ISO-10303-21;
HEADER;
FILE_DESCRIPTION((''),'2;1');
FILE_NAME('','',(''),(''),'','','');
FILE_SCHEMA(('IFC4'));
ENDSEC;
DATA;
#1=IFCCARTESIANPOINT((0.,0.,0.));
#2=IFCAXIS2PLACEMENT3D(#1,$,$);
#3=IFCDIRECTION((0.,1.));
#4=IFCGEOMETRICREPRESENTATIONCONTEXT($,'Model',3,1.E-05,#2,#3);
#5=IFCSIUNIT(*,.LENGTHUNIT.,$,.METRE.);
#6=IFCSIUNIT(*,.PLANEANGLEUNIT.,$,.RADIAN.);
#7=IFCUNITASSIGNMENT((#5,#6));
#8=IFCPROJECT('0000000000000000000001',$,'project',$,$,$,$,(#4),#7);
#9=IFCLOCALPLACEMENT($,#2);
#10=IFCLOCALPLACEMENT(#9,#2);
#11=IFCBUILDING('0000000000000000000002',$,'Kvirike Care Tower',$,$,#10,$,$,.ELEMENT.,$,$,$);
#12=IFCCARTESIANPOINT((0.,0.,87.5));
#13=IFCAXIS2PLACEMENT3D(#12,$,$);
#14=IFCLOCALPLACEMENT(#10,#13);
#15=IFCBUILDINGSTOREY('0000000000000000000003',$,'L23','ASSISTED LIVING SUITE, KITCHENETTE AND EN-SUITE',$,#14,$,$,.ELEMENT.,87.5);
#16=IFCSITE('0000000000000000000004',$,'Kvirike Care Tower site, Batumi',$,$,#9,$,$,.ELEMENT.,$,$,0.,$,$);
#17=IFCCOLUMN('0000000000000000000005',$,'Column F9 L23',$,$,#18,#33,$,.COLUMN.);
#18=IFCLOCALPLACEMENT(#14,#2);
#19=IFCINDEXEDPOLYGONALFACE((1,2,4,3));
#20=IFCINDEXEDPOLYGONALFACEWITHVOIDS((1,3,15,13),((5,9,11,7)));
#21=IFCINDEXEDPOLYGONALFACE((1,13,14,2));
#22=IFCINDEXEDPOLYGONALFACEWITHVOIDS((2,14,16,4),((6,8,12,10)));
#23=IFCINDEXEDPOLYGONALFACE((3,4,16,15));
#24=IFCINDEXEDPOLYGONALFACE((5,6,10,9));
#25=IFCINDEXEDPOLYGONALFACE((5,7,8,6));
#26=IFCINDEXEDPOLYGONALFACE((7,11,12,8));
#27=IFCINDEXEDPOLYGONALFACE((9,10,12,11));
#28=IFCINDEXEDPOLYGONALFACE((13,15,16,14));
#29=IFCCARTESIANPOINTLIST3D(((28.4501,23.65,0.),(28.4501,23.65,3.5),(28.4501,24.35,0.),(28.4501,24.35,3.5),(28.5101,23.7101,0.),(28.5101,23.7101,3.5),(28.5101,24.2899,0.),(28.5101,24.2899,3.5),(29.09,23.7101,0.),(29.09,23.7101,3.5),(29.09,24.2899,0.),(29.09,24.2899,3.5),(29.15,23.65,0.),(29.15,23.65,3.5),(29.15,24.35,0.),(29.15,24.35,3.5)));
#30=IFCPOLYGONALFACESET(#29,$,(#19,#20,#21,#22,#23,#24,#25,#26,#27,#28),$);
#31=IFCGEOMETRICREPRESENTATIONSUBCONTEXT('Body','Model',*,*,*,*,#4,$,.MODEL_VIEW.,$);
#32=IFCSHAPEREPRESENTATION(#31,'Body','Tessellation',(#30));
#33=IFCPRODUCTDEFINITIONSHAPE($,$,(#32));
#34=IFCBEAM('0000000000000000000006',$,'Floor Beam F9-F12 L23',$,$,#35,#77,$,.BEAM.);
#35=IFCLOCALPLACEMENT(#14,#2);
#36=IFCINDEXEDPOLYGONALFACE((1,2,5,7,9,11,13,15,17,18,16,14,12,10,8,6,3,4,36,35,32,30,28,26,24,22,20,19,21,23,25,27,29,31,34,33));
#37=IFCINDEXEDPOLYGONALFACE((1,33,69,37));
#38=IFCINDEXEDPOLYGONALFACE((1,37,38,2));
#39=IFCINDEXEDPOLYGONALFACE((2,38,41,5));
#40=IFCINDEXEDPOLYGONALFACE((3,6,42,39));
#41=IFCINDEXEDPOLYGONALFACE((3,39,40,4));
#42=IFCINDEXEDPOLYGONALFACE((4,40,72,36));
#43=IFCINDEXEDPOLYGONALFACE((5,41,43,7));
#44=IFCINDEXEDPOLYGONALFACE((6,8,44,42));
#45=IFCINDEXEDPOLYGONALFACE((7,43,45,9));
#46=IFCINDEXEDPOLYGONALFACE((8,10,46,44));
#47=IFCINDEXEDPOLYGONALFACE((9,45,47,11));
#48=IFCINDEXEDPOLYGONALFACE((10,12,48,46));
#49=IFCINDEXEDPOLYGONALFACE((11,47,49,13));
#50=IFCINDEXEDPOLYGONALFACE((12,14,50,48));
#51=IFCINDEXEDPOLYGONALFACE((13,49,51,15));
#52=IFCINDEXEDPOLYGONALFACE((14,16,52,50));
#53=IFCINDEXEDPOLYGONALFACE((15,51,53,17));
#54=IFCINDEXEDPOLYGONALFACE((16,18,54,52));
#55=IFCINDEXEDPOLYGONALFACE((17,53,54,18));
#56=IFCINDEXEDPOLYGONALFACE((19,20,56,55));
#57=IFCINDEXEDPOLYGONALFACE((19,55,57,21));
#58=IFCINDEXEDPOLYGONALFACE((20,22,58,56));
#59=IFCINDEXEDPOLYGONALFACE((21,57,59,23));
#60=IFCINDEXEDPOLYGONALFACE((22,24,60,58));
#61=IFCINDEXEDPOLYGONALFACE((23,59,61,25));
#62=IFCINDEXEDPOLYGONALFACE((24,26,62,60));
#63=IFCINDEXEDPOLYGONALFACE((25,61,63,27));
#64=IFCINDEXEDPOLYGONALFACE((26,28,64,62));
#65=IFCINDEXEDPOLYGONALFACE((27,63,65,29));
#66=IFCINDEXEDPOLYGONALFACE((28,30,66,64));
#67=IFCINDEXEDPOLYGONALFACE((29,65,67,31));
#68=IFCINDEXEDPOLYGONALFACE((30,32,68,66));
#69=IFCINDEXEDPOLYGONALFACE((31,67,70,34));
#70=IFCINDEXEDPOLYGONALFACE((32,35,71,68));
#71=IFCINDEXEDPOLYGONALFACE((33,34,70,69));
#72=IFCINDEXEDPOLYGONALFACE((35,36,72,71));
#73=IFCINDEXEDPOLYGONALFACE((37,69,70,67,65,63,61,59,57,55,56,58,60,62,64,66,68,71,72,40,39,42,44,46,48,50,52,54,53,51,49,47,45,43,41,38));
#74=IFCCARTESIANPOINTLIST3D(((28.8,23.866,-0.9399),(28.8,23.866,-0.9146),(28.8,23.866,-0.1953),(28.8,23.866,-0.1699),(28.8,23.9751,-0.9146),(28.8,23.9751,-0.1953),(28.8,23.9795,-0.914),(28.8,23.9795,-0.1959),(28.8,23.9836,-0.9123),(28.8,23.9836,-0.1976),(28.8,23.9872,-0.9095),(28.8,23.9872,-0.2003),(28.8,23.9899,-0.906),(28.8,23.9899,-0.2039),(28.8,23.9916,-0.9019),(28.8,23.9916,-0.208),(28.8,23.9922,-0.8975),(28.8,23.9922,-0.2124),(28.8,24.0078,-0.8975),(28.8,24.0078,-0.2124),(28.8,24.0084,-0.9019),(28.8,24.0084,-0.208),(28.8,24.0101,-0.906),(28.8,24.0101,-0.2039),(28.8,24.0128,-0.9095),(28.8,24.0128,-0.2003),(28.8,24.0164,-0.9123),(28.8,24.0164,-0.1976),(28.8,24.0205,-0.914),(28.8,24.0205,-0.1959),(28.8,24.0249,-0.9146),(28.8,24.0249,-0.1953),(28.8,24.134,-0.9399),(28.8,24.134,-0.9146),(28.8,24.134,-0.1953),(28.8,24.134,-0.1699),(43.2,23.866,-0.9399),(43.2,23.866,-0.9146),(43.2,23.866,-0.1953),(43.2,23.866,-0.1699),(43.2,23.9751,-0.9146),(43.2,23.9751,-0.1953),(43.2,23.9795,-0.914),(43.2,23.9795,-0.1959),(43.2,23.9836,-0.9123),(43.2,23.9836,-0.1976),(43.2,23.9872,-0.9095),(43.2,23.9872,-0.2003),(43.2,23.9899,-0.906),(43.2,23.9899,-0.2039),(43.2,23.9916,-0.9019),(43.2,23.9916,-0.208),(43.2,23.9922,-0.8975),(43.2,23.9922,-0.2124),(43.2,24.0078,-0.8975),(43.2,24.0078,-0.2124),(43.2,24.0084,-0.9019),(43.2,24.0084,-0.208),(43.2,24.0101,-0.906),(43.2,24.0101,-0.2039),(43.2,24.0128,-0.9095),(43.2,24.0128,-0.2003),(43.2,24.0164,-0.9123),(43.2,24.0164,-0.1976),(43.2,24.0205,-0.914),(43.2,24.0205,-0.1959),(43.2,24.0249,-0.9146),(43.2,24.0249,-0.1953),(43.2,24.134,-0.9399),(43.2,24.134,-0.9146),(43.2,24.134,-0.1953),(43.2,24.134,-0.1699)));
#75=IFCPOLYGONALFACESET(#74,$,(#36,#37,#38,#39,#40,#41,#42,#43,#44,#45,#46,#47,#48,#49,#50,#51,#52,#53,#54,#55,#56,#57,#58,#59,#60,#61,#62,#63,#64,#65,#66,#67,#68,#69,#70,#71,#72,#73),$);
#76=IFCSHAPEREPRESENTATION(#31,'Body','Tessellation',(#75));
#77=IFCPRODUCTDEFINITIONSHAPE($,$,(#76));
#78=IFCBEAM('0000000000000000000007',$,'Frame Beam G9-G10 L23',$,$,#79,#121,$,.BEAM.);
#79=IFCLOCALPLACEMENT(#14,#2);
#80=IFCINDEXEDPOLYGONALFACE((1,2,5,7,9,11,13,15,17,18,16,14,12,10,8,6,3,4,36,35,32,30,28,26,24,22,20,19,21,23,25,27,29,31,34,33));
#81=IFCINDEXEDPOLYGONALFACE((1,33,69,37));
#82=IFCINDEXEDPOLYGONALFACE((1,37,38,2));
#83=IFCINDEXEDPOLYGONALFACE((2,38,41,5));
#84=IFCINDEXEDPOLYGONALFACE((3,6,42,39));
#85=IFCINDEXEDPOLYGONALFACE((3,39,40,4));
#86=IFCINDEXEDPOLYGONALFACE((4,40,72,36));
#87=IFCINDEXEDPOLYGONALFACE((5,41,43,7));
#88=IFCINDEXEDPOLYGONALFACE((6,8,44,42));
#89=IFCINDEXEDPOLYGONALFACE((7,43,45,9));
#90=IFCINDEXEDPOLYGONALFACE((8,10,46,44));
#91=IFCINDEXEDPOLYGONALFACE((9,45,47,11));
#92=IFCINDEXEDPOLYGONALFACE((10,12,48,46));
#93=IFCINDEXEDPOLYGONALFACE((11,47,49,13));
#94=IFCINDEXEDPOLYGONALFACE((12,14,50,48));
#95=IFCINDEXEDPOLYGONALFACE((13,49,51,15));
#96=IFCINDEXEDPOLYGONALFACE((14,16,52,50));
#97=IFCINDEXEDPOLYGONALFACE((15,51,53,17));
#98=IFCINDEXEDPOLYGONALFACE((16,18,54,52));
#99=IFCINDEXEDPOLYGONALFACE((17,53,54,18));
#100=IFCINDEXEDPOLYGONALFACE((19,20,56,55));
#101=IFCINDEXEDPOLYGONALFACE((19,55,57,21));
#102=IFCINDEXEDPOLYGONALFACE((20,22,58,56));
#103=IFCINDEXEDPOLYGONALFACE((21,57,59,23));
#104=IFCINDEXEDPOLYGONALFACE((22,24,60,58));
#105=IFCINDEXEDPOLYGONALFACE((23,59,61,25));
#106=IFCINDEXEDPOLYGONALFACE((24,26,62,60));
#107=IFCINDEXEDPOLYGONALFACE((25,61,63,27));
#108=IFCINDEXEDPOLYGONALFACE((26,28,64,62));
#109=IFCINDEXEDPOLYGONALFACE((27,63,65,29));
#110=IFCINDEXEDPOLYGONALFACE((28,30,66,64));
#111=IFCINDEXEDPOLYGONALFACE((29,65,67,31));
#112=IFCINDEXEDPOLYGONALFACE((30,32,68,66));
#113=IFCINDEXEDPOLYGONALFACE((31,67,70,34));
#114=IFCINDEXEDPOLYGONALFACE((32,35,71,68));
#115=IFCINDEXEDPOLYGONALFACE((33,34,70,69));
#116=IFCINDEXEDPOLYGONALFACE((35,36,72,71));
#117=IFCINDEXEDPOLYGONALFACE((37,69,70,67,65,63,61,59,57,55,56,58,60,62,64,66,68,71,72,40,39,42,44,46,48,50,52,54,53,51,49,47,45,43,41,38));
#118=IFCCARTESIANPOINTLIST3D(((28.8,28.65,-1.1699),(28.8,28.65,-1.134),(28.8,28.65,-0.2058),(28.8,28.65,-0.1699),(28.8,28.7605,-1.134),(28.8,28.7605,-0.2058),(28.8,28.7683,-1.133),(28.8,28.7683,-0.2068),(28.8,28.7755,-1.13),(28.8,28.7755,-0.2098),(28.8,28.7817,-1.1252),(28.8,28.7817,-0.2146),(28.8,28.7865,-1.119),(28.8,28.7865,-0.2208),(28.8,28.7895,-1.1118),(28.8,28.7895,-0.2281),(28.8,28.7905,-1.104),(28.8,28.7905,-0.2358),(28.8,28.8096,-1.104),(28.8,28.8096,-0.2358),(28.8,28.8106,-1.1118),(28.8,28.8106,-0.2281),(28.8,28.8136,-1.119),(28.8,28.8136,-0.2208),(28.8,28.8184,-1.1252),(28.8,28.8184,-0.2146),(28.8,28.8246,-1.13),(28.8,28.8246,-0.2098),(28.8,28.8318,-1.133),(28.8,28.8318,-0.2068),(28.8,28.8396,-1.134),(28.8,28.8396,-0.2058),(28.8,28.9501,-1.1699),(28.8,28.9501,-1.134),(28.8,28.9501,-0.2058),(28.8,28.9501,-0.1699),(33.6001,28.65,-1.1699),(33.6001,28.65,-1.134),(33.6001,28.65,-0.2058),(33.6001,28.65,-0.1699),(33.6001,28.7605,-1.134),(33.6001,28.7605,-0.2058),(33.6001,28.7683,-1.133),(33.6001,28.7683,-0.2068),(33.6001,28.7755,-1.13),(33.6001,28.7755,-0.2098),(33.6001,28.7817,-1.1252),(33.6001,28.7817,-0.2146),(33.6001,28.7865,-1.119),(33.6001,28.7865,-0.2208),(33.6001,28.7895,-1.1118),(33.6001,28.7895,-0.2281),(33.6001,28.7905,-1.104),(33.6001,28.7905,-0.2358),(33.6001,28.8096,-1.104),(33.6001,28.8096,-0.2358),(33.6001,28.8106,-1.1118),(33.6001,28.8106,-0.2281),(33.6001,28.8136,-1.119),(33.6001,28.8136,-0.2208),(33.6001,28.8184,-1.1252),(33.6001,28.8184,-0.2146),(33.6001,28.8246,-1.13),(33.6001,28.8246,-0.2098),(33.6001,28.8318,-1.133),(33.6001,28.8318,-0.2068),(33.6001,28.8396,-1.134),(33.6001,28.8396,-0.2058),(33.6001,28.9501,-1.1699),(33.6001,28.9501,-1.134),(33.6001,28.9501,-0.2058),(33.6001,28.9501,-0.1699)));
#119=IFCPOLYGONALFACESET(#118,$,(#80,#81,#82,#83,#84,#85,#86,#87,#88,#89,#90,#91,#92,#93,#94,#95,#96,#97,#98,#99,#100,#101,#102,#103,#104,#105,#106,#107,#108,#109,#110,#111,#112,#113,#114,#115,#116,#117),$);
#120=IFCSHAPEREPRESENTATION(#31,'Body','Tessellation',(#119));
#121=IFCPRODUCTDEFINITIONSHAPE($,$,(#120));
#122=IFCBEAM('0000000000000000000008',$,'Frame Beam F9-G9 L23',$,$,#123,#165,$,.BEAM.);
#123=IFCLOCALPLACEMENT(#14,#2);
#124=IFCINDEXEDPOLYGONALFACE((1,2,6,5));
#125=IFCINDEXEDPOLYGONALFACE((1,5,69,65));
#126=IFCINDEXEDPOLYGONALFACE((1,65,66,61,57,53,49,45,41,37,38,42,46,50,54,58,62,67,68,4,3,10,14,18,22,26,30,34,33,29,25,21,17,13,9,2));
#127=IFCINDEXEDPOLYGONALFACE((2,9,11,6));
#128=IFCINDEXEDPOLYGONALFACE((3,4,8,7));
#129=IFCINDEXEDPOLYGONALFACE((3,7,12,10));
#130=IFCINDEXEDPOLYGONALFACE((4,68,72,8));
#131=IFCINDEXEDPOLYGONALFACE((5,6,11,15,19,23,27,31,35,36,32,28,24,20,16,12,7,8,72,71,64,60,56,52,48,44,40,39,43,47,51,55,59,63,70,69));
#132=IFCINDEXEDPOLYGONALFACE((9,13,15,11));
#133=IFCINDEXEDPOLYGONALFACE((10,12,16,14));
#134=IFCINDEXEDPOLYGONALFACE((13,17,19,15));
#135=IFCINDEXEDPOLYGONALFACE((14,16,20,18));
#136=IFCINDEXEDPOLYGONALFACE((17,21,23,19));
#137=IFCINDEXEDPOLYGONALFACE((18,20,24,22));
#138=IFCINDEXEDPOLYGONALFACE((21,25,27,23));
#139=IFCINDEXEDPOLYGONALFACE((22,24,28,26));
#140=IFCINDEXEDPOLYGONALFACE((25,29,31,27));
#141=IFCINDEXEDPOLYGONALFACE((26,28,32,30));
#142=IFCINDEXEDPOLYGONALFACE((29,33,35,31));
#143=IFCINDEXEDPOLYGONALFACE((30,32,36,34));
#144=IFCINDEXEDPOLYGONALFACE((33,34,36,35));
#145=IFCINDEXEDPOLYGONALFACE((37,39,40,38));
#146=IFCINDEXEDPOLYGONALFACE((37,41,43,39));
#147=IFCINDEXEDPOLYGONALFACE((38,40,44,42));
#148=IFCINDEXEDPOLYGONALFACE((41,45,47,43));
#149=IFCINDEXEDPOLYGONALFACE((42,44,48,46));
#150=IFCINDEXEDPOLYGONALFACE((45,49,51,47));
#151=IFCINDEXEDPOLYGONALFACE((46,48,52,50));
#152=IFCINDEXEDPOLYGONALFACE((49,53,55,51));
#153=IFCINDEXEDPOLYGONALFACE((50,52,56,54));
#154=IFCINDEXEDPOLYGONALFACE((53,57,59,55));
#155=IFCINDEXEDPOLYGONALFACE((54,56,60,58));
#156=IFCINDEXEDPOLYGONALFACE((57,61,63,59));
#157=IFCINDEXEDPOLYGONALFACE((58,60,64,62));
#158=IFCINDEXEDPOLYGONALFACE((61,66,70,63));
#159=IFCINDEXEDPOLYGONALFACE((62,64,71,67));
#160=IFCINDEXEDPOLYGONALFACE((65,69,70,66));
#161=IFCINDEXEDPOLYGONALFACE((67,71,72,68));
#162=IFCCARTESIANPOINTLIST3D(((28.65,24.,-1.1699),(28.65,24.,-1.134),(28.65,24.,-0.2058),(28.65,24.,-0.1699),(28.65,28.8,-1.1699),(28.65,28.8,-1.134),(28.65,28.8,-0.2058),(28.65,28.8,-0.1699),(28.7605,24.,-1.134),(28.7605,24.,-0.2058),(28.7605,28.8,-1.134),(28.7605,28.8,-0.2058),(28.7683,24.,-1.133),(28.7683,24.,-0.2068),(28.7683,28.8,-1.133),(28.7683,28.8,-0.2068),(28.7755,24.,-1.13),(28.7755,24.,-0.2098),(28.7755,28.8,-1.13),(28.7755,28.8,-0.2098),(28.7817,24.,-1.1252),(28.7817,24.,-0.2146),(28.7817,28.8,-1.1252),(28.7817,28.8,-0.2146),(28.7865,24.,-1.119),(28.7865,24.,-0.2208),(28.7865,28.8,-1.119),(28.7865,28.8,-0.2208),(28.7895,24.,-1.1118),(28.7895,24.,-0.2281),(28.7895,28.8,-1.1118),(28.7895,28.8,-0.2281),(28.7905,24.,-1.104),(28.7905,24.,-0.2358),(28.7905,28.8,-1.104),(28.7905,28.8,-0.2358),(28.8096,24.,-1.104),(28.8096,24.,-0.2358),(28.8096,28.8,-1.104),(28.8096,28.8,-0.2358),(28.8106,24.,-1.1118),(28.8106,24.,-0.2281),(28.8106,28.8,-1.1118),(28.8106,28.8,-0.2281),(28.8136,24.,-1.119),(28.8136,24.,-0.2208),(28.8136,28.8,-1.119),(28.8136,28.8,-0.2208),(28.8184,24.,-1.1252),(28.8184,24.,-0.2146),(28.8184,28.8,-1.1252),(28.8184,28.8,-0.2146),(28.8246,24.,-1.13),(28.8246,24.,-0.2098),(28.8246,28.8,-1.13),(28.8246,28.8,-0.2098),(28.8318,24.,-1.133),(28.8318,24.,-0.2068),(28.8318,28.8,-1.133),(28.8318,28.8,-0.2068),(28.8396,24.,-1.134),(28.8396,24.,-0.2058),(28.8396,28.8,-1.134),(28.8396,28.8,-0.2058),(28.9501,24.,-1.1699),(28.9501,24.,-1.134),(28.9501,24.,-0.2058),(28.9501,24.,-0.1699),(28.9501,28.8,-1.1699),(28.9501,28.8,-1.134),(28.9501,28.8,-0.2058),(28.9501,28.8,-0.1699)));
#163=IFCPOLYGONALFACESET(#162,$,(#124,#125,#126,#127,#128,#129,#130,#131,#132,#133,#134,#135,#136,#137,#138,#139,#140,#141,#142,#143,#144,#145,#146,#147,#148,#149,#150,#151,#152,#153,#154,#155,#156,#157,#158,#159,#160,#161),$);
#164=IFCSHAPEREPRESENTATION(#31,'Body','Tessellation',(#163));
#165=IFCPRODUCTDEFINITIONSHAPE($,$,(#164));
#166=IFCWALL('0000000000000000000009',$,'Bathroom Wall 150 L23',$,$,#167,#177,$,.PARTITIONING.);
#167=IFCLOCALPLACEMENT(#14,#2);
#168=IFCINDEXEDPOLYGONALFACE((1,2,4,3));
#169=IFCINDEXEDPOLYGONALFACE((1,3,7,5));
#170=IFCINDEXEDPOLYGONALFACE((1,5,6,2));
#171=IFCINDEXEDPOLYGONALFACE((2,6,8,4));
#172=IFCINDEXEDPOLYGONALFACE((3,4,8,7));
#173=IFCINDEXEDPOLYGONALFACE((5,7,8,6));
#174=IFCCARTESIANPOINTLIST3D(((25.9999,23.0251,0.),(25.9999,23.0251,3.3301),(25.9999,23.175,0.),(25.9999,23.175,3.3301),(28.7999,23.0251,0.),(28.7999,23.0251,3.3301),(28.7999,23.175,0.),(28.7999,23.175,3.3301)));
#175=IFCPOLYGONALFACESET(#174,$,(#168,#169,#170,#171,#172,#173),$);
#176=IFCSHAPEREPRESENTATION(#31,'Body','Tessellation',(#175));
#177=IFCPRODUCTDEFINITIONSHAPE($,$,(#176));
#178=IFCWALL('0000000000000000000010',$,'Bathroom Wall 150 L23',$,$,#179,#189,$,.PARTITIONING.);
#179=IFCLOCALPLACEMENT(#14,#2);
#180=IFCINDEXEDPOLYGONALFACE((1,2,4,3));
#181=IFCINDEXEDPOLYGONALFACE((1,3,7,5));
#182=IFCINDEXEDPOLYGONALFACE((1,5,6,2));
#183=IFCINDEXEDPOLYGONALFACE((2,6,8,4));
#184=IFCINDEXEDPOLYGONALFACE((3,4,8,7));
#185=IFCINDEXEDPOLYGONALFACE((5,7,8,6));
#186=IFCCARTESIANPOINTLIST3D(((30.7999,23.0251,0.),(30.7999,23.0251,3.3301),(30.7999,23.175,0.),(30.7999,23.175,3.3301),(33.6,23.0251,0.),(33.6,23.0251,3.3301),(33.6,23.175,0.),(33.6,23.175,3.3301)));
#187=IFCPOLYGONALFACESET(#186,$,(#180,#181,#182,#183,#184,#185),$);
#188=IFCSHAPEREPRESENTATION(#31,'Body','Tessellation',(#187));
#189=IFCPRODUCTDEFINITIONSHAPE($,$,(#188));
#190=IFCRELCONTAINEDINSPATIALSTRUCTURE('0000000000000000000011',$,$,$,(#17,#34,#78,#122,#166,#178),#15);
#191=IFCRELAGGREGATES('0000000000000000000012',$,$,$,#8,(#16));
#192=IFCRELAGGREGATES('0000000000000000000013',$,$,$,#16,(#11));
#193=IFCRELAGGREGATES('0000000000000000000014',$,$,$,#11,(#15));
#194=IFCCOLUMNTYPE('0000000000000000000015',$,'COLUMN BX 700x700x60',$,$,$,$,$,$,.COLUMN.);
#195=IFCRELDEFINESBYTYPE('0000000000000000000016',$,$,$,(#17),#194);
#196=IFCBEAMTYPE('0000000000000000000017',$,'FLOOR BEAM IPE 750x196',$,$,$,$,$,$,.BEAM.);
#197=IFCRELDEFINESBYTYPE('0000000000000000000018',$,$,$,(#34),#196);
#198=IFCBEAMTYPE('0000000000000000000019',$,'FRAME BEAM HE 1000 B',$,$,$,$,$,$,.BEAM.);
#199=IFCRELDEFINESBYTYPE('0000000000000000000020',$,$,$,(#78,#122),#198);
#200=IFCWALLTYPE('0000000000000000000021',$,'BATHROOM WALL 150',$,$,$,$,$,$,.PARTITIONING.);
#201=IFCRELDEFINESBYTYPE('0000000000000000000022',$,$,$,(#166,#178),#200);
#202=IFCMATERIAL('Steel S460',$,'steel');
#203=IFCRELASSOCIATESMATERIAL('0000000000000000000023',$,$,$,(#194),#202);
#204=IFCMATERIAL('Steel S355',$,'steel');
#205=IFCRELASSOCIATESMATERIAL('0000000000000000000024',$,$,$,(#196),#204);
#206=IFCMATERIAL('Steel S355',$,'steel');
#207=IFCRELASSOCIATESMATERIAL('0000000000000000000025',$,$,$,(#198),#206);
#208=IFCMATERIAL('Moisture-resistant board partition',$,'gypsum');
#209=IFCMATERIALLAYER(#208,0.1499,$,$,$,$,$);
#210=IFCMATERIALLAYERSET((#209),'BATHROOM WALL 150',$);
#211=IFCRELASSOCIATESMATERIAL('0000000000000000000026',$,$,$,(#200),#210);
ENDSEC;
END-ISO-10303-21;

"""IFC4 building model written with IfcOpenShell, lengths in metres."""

from ifc_helpers import new_model, si_unit, direction, frame, frame_2d, origin, origin_2d, place, context, subcontext, project, spatial, rectangle, hollow_rectangle, i_section, extrude, material, layer, layer_set, material_profile, profile_set, type_object, element, save


model = new_model("IFC4")

# Units and contexts
model_context = context("Model", 3, precision=1e-05, world=origin(), true_north=direction((0.0, 1.0)))
body_context = subcontext(model_context, "Body", "Model", "MODEL_VIEW")
ifc_project = project(units=[si_unit("LENGTHUNIT", "METRE"), si_unit("PLANEANGLEUNIT", "RADIAN")], contexts=[model_context])

# Site, building, storey
site_placement = place(None, origin())
site = spatial("IfcSite", under=ifc_project, at=site_placement, Name="Kvirike Care Tower site, Batumi", CompositionType="ELEMENT", RefElevation=0.0)
building_placement = place(site_placement, origin())
building = spatial("IfcBuilding", under=site, at=building_placement, Name="Kvirike Care Tower", CompositionType="ELEMENT")
storey_placement = place(building_placement, frame((0.0, 0.0, 87.5)))
storey = spatial("IfcBuildingStorey", under=building, at=storey_placement, Name="L23", Description="ASSISTED LIVING SUITE, KITCHENETTE AND EN-SUITE", CompositionType="ELEMENT", Elevation=87.5)

# Column
ifc_material_1 = material(Name="Steel S460", Category="steel")
ifc_material_profile_1 = material_profile(ifc_material_1, hollow_rectangle(XDim=0.7, YDim=0.7, WallThickness=0.0601, at=origin_2d()), Name="BX 700x700x60")
ifc_profile_set_1 = profile_set([ifc_material_profile_1], Name="Steel S460")
column_type = type_object("IfcColumnType", Name="COLUMN BX 700x700x60", PredefinedType="COLUMN", material=ifc_profile_set_1)
column_placement = place(storey_placement, frame((28.8, 24.0, 0.0), z_axis=(0.0, 0.0, 1.0), x_axis=(1.0, 0.0, 0.0)))
element("IfcColumn", 1, at=column_placement, inside=storey, type_object=column_type, Name="Column F9 L23", PredefinedType="COLUMN", context=body_context, shape_type="SweptSolid", body=[
    extrude(hollow_rectangle(XDim=0.7, YDim=0.7, WallThickness=0.0601, at=origin_2d()), origin(), (0.0, 0.0, 1.0), 3.5),
])

# Beams
ifc_material_2 = material(Name="Steel S355", Category="steel")
ifc_material_profile_2 = material_profile(ifc_material_2, i_section(OverallWidth=0.2681, OverallDepth=0.77, WebThickness=0.0156, FlangeThickness=0.0254, FilletRadius=0.0171, at=origin_2d()), Name="IPE 750x196")
ifc_profile_set_2 = profile_set([ifc_material_profile_2], Name="Steel S355")
beam_type_1 = type_object("IfcBeamType", Name="FLOOR BEAM IPE 750x196", PredefinedType="BEAM", material=ifc_profile_set_2)
beam_placement = place(storey_placement, frame((28.8, 24.0, -0.5549), z_axis=(1.0, 0.0, 0.0), x_axis=(0.0, 1.0, 0.0)))
element("IfcBeam", 2, at=beam_placement, inside=storey, type_object=beam_type_1, Name="Floor Beam F9-F12 L23", PredefinedType="BEAM", context=body_context, shape_type="SweptSolid", body=[
    extrude(i_section(OverallWidth=0.2681, OverallDepth=0.77, WebThickness=0.0156, FlangeThickness=0.0254, FilletRadius=0.0171, at=origin_2d()), origin(), (0.0, 0.0, 1.0), 14.3999),
])
ifc_material_3 = material(Name="Steel S355", Category="steel")
ifc_material_profile_3 = material_profile(ifc_material_3, i_section(OverallWidth=0.3, OverallDepth=1.0, WebThickness=0.019, FlangeThickness=0.0359, FilletRadius=0.03, at=origin_2d()), Name="HE 1000 B")
ifc_profile_set_3 = profile_set([ifc_material_profile_3], Name="Steel S355")
beam_type_2 = type_object("IfcBeamType", Name="FRAME BEAM HE 1000 B", PredefinedType="BEAM", material=ifc_profile_set_3)
for number, where, z_axis, x_axis, name in (
    (3, (28.8, 28.8, -0.6699), (1.0, 0.0, 0.0), (0.0, 1.0, 0.0), "Frame Beam G9-G10 L23"),
    (4, (28.8, 24.0, -0.6699), (0.0, 1.0, 0.0), (-1.0, 0.0, 0.0), "Frame Beam F9-G9 L23"),
):
    element("IfcBeam", number, at=place(storey_placement, frame(where, z_axis=z_axis, x_axis=x_axis)), inside=storey, type_object=beam_type_2, Name=name, PredefinedType="BEAM", context=body_context, shape_type="SweptSolid", body=[
        extrude(i_section(OverallWidth=0.3, OverallDepth=1.0, WebThickness=0.019, FlangeThickness=0.0359, FilletRadius=0.03, at=origin_2d()), origin(), (0.0, 0.0, 1.0), 4.8),
    ])

# Walls
ifc_material_4 = material(Name="Moisture-resistant board partition", Category="gypsum")
ifc_layer_1 = layer(ifc_material_4, 0.1499)
ifc_layer_set_1 = layer_set([ifc_layer_1], Name="BATHROOM WALL 150")
wall_type_1 = type_object("IfcWallType", Name="BATHROOM WALL 150", PredefinedType="PARTITIONING", material=ifc_layer_set_1)
for number, where, z_axis, x_axis, name in (
    (5, (26.0, 23.1001, 0.0), (0.0, 0.0, 1.0), (1.0, 0.0, 0.0), "Bathroom Wall 150 L23"),
    (6, (30.8, 23.1001, 0.0), (0.0, 0.0, 1.0), (1.0, 0.0, 0.0), "Bathroom Wall 150 L23"),
):
    element("IfcWall", number, at=place(storey_placement, frame(where, z_axis=z_axis, x_axis=x_axis)), inside=storey, type_object=wall_type_1, Name=name, PredefinedType="PARTITIONING", context=body_context, shape_type="SweptSolid", body=[
        extrude(rectangle(XDim=2.8, YDim=0.1499, at=frame_2d((1.3999, 0.0))), origin(), (0.0, 0.0, 1.0), 3.3301),
    ])

save(model, "model.ifc")
